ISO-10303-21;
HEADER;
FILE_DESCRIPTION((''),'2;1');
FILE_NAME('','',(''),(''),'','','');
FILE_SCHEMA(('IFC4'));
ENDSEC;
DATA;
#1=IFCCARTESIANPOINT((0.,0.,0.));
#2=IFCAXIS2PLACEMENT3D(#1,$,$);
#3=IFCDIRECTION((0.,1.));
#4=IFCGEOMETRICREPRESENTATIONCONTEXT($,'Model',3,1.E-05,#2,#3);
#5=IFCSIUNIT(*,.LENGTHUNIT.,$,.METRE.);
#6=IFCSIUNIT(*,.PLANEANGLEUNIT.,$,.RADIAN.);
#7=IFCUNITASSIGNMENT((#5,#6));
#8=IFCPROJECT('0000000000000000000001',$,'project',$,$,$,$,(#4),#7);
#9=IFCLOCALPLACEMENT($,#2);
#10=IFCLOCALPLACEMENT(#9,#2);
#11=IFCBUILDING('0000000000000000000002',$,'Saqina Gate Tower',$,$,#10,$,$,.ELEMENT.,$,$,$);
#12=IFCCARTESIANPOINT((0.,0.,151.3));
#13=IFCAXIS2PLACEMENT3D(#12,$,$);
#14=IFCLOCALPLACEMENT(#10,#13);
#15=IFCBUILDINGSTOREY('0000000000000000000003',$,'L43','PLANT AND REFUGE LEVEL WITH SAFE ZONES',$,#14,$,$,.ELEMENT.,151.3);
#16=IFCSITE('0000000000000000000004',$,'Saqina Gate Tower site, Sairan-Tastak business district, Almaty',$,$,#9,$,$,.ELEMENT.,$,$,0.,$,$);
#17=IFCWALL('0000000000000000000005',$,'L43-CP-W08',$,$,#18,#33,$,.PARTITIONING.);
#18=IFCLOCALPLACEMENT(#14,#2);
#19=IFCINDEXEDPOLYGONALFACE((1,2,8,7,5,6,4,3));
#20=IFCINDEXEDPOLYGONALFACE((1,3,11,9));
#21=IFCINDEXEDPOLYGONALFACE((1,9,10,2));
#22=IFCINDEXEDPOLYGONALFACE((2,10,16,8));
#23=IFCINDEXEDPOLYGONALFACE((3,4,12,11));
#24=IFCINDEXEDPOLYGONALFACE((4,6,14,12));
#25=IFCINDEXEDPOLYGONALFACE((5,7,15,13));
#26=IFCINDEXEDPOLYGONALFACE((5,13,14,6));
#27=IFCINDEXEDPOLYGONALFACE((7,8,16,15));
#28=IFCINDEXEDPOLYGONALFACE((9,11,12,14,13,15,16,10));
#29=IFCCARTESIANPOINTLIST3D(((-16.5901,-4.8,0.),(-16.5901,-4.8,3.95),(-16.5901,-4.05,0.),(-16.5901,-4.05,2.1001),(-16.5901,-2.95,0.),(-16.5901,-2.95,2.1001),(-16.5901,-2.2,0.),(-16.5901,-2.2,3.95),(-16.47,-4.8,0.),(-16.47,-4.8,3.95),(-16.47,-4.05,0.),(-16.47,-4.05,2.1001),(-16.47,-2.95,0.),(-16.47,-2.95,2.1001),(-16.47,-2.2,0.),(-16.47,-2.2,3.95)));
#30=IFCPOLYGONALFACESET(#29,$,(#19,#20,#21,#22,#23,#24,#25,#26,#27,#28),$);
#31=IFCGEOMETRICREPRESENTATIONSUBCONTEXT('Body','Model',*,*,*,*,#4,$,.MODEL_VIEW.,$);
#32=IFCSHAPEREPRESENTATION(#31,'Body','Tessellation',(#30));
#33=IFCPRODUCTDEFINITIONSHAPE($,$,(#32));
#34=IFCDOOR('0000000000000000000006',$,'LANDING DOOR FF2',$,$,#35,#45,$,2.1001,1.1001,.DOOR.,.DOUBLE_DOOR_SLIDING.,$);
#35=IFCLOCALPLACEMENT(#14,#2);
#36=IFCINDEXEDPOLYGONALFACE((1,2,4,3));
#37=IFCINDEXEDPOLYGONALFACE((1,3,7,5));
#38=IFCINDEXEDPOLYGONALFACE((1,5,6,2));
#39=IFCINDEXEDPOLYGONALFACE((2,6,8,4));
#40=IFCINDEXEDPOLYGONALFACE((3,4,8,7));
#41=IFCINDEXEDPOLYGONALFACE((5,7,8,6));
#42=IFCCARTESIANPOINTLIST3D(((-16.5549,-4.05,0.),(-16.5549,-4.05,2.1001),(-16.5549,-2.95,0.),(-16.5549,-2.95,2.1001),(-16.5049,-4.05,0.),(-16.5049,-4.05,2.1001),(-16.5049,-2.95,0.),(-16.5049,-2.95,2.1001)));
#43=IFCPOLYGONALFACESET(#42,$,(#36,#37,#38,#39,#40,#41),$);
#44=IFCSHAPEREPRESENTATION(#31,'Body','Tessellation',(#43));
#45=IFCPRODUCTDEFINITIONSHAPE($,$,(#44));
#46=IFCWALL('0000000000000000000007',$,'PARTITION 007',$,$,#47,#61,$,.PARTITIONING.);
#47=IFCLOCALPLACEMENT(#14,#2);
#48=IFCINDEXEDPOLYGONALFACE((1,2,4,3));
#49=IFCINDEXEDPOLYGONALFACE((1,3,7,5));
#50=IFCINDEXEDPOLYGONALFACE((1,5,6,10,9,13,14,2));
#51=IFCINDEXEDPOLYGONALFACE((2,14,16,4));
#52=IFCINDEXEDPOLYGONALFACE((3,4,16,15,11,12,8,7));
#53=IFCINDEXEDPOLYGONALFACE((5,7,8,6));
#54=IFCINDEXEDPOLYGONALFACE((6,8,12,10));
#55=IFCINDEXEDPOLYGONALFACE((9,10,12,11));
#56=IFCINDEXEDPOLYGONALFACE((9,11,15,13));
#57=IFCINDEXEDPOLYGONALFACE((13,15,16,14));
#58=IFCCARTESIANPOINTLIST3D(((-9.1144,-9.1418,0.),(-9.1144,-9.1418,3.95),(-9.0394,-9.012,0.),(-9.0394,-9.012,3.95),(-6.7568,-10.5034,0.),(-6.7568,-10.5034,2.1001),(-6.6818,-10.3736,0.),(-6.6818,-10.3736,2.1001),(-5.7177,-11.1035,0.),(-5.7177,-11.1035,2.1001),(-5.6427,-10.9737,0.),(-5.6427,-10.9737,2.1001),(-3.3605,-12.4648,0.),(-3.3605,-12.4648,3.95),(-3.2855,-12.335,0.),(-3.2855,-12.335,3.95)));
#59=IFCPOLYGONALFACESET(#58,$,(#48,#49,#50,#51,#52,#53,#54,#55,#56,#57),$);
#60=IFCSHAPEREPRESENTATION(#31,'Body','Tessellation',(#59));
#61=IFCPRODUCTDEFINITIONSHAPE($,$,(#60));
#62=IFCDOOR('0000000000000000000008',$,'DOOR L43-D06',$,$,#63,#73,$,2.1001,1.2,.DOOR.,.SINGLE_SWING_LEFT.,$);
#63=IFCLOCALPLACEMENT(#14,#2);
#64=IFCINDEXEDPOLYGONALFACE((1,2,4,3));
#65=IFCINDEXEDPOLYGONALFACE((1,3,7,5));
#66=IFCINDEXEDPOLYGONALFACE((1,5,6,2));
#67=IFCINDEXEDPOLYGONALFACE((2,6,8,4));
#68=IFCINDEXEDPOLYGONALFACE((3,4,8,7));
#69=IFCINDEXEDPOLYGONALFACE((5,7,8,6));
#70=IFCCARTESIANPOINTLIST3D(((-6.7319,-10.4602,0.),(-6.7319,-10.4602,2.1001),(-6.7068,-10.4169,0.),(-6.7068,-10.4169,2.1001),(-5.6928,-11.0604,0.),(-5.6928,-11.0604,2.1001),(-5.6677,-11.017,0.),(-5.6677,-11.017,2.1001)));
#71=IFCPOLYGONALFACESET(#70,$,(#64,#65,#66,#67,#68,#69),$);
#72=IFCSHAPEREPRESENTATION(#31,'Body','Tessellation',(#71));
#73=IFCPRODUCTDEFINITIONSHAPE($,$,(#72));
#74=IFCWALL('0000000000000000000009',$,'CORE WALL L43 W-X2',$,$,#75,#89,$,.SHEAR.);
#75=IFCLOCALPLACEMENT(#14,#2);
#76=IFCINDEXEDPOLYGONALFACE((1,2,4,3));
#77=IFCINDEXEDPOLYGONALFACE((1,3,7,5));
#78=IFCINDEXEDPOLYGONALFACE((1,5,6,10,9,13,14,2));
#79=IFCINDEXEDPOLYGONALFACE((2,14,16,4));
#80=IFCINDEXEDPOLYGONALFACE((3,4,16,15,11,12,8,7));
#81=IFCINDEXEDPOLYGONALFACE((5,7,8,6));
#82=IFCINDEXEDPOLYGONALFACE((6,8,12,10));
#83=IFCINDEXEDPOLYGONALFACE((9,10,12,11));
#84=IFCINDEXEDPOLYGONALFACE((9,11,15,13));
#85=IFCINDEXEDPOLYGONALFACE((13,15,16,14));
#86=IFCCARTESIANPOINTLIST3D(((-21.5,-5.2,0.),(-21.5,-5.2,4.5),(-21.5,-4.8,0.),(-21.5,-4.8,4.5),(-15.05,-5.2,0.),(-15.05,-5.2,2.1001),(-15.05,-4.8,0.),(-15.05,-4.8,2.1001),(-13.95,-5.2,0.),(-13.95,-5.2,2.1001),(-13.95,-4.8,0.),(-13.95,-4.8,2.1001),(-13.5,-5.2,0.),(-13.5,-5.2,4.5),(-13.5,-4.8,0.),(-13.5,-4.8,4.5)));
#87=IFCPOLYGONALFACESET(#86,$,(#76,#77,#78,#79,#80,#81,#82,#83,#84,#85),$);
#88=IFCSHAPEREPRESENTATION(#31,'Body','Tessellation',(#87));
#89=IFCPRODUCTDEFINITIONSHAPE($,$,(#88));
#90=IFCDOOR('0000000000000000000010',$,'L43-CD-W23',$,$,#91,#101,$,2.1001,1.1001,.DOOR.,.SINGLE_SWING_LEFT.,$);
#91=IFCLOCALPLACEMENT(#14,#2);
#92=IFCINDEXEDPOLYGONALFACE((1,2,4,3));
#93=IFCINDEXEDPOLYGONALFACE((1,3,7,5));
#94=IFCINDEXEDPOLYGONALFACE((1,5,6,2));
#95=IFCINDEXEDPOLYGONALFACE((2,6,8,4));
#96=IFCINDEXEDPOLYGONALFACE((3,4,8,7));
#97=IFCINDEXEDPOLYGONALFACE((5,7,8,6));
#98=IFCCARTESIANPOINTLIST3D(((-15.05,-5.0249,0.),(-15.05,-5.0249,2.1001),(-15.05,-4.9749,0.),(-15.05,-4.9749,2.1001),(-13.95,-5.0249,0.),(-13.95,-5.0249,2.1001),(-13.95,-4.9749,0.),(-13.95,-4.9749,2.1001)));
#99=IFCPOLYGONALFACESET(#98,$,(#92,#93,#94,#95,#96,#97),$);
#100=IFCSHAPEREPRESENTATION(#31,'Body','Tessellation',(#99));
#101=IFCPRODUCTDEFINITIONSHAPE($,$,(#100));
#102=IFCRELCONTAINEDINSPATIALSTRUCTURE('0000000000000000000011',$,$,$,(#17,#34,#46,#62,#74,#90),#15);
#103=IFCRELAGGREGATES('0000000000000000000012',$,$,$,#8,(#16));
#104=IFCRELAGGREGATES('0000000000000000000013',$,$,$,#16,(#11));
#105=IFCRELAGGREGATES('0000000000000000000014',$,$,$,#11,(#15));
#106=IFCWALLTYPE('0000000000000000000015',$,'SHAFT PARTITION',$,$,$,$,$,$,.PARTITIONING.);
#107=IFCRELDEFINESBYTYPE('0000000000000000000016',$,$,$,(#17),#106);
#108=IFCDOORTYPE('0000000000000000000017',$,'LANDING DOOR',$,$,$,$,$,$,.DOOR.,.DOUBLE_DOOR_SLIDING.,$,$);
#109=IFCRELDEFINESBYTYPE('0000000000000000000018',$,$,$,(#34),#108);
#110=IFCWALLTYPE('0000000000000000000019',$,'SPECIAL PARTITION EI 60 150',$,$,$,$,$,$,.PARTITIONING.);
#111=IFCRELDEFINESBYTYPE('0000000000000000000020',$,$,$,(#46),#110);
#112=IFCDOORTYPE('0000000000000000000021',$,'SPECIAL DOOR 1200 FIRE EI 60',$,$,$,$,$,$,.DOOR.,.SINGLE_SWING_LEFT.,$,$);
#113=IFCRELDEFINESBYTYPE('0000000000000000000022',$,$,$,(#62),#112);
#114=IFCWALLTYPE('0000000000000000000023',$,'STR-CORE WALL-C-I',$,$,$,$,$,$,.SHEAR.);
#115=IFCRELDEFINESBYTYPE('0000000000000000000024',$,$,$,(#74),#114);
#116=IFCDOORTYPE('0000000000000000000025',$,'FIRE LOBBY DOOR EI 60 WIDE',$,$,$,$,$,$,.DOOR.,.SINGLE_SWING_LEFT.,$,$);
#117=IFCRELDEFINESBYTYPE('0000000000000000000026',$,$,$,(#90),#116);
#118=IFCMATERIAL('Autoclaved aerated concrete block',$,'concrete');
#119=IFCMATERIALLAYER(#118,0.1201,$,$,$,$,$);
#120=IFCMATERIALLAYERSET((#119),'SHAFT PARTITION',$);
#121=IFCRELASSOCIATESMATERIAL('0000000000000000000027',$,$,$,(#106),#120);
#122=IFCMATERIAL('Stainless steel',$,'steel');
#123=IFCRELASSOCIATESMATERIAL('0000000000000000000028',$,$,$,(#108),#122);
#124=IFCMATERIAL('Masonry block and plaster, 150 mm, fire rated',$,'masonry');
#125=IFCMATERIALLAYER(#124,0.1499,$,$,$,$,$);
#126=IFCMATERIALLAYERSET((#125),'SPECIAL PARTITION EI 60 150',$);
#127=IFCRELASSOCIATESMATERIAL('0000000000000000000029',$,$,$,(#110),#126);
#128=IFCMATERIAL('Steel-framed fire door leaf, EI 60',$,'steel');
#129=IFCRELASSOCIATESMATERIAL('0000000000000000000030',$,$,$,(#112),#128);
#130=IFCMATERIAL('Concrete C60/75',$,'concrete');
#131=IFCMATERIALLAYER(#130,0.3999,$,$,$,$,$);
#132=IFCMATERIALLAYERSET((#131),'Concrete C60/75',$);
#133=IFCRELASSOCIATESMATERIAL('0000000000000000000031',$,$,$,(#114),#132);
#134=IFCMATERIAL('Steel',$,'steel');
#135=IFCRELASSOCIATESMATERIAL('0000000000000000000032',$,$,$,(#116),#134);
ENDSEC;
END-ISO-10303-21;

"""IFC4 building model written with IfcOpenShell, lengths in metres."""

from ifc_helpers import new_model, si_unit, direction, frame, frame_2d, origin, place, context, subcontext, project, spatial, rectangle, extrude, material, layer, layer_set, type_object, element, fill, save


model = new_model("IFC4")

# Units and contexts
model_context = context("Model", 3, precision=1e-05, world=origin(), true_north=direction((0.0, 1.0)))
body_context = subcontext(model_context, "Body", "Model", "MODEL_VIEW")
ifc_project = project(units=[si_unit("LENGTHUNIT", "METRE"), si_unit("PLANEANGLEUNIT", "RADIAN")], contexts=[model_context])

# Site, building, storey
site_placement = place(None, origin())
site = spatial("IfcSite", under=ifc_project, at=site_placement, Name="Saqina Gate Tower site, Sairan-Tastak business district, Almaty", CompositionType="ELEMENT", RefElevation=0.0)
building_placement = place(site_placement, origin())
building = spatial("IfcBuilding", under=site, at=building_placement, Name="Saqina Gate Tower", CompositionType="ELEMENT")
storey_placement = place(building_placement, frame((0.0, 0.0, 151.3)))
storey = spatial("IfcBuildingStorey", under=building, at=storey_placement, Name="L43", Description="PLANT AND REFUGE LEVEL WITH SAFE ZONES", CompositionType="ELEMENT", Elevation=151.3)

# Walls, openings, doors
ifc_material_1 = material(Name="Autoclaved aerated concrete block", Category="concrete")
ifc_layer_1 = layer(ifc_material_1, 0.1201)
ifc_layer_set_1 = layer_set([ifc_layer_1], Name="SHAFT PARTITION")
wall_type_1 = type_object("IfcWallType", Name="SHAFT PARTITION", PredefinedType="PARTITIONING", material=ifc_layer_set_1)
wall_1_placement = place(storey_placement, frame((-16.53, -4.8, 0.0), z_axis=(0.0, 0.0, 1.0), x_axis=(0.0, 1.0, 0.0)))
wall_1 = element("IfcWall", 1, at=wall_1_placement, inside=storey, type_object=wall_type_1, Name="L43-CP-W08", PredefinedType="PARTITIONING", context=body_context, shape_type="SweptSolid", body=[
    extrude(rectangle(XDim=2.6001, YDim=0.1201, at=frame_2d((1.3, 0.0))), origin(), (0.0, 0.0, 1.0), 3.95),
])
opening_1_placement = place(wall_1_placement, frame((0.75, 0.0, 0.0)))
opening_1 = element("IfcOpeningElement", 2, at=opening_1_placement, cuts=wall_1, PredefinedType="OPENING", context=body_context, shape_type="SweptSolid", body=[
    extrude(rectangle(XDim=1.1001, YDim=2.1001, at=frame_2d((0.55, 1.05))), frame((0.0, 0.072, 0.0), z_axis=(0.0, -1.0, 0.0), x_axis=(1.0, 0.0, 0.0)), (0.0, 0.0, 1.0), 0.144),
])
ifc_material_2 = material(Name="Stainless steel", Category="steel")
door_type_1 = type_object("IfcDoorType", Name="LANDING DOOR", OperationType="DOUBLE_DOOR_SLIDING", PredefinedType="DOOR", material=ifc_material_2)
door_1_placement = place(opening_1_placement, origin())
door_1 = element("IfcDoor", 3, at=door_1_placement, inside=storey, type_object=door_type_1, Name="LANDING DOOR FF2", OperationType="DOUBLE_DOOR_SLIDING", OverallHeight=2.1001, OverallWidth=1.1001, PredefinedType="DOOR", context=body_context, shape_type="SweptSolid", body=[
    extrude(rectangle(XDim=1.1001, YDim=2.1001, at=frame_2d((0.55, 1.05))), frame((0.0, 0.0249, 0.0), z_axis=(0.0, -1.0, 0.0), x_axis=(1.0, 0.0, 0.0)), (0.0, 0.0, 1.0), 0.05),
])
fill(opening_1, door_1)
ifc_material_3 = material(Name="Masonry block and plaster, 150 mm, fire rated", Category="masonry")
ifc_layer_2 = layer(ifc_material_3, 0.1499)
ifc_layer_set_2 = layer_set([ifc_layer_2], Name="SPECIAL PARTITION EI 60 150")
wall_type_2 = type_object("IfcWallType", Name="SPECIAL PARTITION EI 60 150", PredefinedType="PARTITIONING", material=ifc_layer_set_2)
wall_2_placement = place(storey_placement, frame((-9.0769, -9.0769, 0.0), z_axis=(0.0, 0.0, 1.0), x_axis=(0.865962, -0.50011, 0.0)))
wall_2 = element("IfcWall", 4, at=wall_2_placement, inside=storey, type_object=wall_type_2, Name="PARTITION 007", PredefinedType="PARTITIONING", context=body_context, shape_type="SweptSolid", body=[
    extrude(rectangle(XDim=6.6445, YDim=0.1499, at=frame_2d((3.3223, 0.0))), origin(), (0.0, 0.0, 1.0), 3.95),
])
opening_2_placement = place(wall_2_placement, frame((2.7224, 0.0, 0.0)))
opening_2 = element("IfcOpeningElement", 5, at=opening_2_placement, cuts=wall_2, PredefinedType="OPENING", context=body_context, shape_type="SweptSolid", body=[
    extrude(rectangle(XDim=1.2, YDim=2.1001, at=frame_2d((0.6001, 1.05))), frame((0.0, 0.0869, 0.0), z_axis=(0.0, -1.0, 0.0), x_axis=(1.0, 0.0, 0.0)), (0.0, 0.0, 1.0), 0.1738),
])
ifc_material_4 = material(Name="Steel-framed fire door leaf, EI 60", Category="steel")
door_type_2 = type_object("IfcDoorType", Name="SPECIAL DOOR 1200 FIRE EI 60", OperationType="SINGLE_SWING_LEFT", PredefinedType="DOOR", material=ifc_material_4)
door_2_placement = place(opening_2_placement, origin())
door_2 = element("IfcDoor", 6, at=door_2_placement, inside=storey, type_object=door_type_2, Name="DOOR L43-D06", OperationType="SINGLE_SWING_LEFT", OverallHeight=2.1001, OverallWidth=1.2, PredefinedType="DOOR", context=body_context, shape_type="SweptSolid", body=[
    extrude(rectangle(XDim=1.2, YDim=2.1001, at=frame_2d((0.6001, 1.05))), frame((0.0, 0.0249, 0.0), z_axis=(0.0, -1.0, 0.0), x_axis=(1.0, 0.0, 0.0)), (0.0, 0.0, 1.0), 0.05),
])
fill(opening_2, door_2)
ifc_material_5 = material(Name="Concrete C60/75", Category="concrete")
ifc_layer_3 = layer(ifc_material_5, 0.3999)
ifc_layer_set_3 = layer_set([ifc_layer_3], Name="Concrete C60/75")
wall_type_3 = type_object("IfcWallType", Name="STR-CORE WALL-C-I", PredefinedType="SHEAR", material=ifc_layer_set_3)
wall_3_placement = place(storey_placement, frame((-13.5, -5.0, 0.0), z_axis=(0.0, 0.0, 1.0), x_axis=(-1.0, 0.0, 0.0)))
wall_3 = element("IfcWall", 7, at=wall_3_placement, inside=storey, type_object=wall_type_3, Name="CORE WALL L43 W-X2", PredefinedType="SHEAR", context=body_context, shape_type="SweptSolid", body=[
    extrude(rectangle(XDim=8.0, YDim=0.3999, at=frame_2d((4.0, 0.0))), origin(), (0.0, 0.0, 1.0), 4.5),
])
opening_3_placement = place(wall_3_placement, frame((0.45, 0.0, 0.0)))
opening_3 = element("IfcOpeningElement", 8, at=opening_3_placement, cuts=wall_3, PredefinedType="OPENING", context=body_context, shape_type="SweptSolid", body=[
    extrude(rectangle(XDim=1.1001, YDim=2.1001, at=frame_2d((0.55, 1.05))), frame((0.0, 0.2119, 0.0), z_axis=(0.0, -1.0, 0.0), x_axis=(1.0, 0.0, 0.0)), (0.0, 0.0, 1.0), 0.4238),
])
ifc_material_6 = material(Name="Steel", Category="steel")
door_type_3 = type_object("IfcDoorType", Name="FIRE LOBBY DOOR EI 60 WIDE", OperationType="SINGLE_SWING_LEFT", PredefinedType="DOOR", material=ifc_material_6)
door_3_placement = place(opening_3_placement, origin())
door_3 = element("IfcDoor", 9, at=door_3_placement, inside=storey, type_object=door_type_3, Name="L43-CD-W23", OperationType="SINGLE_SWING_LEFT", OverallHeight=2.1001, OverallWidth=1.1001, PredefinedType="DOOR", context=body_context, shape_type="SweptSolid", body=[
    extrude(rectangle(XDim=1.1001, YDim=2.1001, at=frame_2d((0.55, 1.05))), frame((0.0, 0.0249, 0.0), z_axis=(0.0, -1.0, 0.0), x_axis=(1.0, 0.0, 0.0)), (0.0, 0.0, 1.0), 0.05),
])
fill(opening_3, door_3)

save(model, "model.ifc")
